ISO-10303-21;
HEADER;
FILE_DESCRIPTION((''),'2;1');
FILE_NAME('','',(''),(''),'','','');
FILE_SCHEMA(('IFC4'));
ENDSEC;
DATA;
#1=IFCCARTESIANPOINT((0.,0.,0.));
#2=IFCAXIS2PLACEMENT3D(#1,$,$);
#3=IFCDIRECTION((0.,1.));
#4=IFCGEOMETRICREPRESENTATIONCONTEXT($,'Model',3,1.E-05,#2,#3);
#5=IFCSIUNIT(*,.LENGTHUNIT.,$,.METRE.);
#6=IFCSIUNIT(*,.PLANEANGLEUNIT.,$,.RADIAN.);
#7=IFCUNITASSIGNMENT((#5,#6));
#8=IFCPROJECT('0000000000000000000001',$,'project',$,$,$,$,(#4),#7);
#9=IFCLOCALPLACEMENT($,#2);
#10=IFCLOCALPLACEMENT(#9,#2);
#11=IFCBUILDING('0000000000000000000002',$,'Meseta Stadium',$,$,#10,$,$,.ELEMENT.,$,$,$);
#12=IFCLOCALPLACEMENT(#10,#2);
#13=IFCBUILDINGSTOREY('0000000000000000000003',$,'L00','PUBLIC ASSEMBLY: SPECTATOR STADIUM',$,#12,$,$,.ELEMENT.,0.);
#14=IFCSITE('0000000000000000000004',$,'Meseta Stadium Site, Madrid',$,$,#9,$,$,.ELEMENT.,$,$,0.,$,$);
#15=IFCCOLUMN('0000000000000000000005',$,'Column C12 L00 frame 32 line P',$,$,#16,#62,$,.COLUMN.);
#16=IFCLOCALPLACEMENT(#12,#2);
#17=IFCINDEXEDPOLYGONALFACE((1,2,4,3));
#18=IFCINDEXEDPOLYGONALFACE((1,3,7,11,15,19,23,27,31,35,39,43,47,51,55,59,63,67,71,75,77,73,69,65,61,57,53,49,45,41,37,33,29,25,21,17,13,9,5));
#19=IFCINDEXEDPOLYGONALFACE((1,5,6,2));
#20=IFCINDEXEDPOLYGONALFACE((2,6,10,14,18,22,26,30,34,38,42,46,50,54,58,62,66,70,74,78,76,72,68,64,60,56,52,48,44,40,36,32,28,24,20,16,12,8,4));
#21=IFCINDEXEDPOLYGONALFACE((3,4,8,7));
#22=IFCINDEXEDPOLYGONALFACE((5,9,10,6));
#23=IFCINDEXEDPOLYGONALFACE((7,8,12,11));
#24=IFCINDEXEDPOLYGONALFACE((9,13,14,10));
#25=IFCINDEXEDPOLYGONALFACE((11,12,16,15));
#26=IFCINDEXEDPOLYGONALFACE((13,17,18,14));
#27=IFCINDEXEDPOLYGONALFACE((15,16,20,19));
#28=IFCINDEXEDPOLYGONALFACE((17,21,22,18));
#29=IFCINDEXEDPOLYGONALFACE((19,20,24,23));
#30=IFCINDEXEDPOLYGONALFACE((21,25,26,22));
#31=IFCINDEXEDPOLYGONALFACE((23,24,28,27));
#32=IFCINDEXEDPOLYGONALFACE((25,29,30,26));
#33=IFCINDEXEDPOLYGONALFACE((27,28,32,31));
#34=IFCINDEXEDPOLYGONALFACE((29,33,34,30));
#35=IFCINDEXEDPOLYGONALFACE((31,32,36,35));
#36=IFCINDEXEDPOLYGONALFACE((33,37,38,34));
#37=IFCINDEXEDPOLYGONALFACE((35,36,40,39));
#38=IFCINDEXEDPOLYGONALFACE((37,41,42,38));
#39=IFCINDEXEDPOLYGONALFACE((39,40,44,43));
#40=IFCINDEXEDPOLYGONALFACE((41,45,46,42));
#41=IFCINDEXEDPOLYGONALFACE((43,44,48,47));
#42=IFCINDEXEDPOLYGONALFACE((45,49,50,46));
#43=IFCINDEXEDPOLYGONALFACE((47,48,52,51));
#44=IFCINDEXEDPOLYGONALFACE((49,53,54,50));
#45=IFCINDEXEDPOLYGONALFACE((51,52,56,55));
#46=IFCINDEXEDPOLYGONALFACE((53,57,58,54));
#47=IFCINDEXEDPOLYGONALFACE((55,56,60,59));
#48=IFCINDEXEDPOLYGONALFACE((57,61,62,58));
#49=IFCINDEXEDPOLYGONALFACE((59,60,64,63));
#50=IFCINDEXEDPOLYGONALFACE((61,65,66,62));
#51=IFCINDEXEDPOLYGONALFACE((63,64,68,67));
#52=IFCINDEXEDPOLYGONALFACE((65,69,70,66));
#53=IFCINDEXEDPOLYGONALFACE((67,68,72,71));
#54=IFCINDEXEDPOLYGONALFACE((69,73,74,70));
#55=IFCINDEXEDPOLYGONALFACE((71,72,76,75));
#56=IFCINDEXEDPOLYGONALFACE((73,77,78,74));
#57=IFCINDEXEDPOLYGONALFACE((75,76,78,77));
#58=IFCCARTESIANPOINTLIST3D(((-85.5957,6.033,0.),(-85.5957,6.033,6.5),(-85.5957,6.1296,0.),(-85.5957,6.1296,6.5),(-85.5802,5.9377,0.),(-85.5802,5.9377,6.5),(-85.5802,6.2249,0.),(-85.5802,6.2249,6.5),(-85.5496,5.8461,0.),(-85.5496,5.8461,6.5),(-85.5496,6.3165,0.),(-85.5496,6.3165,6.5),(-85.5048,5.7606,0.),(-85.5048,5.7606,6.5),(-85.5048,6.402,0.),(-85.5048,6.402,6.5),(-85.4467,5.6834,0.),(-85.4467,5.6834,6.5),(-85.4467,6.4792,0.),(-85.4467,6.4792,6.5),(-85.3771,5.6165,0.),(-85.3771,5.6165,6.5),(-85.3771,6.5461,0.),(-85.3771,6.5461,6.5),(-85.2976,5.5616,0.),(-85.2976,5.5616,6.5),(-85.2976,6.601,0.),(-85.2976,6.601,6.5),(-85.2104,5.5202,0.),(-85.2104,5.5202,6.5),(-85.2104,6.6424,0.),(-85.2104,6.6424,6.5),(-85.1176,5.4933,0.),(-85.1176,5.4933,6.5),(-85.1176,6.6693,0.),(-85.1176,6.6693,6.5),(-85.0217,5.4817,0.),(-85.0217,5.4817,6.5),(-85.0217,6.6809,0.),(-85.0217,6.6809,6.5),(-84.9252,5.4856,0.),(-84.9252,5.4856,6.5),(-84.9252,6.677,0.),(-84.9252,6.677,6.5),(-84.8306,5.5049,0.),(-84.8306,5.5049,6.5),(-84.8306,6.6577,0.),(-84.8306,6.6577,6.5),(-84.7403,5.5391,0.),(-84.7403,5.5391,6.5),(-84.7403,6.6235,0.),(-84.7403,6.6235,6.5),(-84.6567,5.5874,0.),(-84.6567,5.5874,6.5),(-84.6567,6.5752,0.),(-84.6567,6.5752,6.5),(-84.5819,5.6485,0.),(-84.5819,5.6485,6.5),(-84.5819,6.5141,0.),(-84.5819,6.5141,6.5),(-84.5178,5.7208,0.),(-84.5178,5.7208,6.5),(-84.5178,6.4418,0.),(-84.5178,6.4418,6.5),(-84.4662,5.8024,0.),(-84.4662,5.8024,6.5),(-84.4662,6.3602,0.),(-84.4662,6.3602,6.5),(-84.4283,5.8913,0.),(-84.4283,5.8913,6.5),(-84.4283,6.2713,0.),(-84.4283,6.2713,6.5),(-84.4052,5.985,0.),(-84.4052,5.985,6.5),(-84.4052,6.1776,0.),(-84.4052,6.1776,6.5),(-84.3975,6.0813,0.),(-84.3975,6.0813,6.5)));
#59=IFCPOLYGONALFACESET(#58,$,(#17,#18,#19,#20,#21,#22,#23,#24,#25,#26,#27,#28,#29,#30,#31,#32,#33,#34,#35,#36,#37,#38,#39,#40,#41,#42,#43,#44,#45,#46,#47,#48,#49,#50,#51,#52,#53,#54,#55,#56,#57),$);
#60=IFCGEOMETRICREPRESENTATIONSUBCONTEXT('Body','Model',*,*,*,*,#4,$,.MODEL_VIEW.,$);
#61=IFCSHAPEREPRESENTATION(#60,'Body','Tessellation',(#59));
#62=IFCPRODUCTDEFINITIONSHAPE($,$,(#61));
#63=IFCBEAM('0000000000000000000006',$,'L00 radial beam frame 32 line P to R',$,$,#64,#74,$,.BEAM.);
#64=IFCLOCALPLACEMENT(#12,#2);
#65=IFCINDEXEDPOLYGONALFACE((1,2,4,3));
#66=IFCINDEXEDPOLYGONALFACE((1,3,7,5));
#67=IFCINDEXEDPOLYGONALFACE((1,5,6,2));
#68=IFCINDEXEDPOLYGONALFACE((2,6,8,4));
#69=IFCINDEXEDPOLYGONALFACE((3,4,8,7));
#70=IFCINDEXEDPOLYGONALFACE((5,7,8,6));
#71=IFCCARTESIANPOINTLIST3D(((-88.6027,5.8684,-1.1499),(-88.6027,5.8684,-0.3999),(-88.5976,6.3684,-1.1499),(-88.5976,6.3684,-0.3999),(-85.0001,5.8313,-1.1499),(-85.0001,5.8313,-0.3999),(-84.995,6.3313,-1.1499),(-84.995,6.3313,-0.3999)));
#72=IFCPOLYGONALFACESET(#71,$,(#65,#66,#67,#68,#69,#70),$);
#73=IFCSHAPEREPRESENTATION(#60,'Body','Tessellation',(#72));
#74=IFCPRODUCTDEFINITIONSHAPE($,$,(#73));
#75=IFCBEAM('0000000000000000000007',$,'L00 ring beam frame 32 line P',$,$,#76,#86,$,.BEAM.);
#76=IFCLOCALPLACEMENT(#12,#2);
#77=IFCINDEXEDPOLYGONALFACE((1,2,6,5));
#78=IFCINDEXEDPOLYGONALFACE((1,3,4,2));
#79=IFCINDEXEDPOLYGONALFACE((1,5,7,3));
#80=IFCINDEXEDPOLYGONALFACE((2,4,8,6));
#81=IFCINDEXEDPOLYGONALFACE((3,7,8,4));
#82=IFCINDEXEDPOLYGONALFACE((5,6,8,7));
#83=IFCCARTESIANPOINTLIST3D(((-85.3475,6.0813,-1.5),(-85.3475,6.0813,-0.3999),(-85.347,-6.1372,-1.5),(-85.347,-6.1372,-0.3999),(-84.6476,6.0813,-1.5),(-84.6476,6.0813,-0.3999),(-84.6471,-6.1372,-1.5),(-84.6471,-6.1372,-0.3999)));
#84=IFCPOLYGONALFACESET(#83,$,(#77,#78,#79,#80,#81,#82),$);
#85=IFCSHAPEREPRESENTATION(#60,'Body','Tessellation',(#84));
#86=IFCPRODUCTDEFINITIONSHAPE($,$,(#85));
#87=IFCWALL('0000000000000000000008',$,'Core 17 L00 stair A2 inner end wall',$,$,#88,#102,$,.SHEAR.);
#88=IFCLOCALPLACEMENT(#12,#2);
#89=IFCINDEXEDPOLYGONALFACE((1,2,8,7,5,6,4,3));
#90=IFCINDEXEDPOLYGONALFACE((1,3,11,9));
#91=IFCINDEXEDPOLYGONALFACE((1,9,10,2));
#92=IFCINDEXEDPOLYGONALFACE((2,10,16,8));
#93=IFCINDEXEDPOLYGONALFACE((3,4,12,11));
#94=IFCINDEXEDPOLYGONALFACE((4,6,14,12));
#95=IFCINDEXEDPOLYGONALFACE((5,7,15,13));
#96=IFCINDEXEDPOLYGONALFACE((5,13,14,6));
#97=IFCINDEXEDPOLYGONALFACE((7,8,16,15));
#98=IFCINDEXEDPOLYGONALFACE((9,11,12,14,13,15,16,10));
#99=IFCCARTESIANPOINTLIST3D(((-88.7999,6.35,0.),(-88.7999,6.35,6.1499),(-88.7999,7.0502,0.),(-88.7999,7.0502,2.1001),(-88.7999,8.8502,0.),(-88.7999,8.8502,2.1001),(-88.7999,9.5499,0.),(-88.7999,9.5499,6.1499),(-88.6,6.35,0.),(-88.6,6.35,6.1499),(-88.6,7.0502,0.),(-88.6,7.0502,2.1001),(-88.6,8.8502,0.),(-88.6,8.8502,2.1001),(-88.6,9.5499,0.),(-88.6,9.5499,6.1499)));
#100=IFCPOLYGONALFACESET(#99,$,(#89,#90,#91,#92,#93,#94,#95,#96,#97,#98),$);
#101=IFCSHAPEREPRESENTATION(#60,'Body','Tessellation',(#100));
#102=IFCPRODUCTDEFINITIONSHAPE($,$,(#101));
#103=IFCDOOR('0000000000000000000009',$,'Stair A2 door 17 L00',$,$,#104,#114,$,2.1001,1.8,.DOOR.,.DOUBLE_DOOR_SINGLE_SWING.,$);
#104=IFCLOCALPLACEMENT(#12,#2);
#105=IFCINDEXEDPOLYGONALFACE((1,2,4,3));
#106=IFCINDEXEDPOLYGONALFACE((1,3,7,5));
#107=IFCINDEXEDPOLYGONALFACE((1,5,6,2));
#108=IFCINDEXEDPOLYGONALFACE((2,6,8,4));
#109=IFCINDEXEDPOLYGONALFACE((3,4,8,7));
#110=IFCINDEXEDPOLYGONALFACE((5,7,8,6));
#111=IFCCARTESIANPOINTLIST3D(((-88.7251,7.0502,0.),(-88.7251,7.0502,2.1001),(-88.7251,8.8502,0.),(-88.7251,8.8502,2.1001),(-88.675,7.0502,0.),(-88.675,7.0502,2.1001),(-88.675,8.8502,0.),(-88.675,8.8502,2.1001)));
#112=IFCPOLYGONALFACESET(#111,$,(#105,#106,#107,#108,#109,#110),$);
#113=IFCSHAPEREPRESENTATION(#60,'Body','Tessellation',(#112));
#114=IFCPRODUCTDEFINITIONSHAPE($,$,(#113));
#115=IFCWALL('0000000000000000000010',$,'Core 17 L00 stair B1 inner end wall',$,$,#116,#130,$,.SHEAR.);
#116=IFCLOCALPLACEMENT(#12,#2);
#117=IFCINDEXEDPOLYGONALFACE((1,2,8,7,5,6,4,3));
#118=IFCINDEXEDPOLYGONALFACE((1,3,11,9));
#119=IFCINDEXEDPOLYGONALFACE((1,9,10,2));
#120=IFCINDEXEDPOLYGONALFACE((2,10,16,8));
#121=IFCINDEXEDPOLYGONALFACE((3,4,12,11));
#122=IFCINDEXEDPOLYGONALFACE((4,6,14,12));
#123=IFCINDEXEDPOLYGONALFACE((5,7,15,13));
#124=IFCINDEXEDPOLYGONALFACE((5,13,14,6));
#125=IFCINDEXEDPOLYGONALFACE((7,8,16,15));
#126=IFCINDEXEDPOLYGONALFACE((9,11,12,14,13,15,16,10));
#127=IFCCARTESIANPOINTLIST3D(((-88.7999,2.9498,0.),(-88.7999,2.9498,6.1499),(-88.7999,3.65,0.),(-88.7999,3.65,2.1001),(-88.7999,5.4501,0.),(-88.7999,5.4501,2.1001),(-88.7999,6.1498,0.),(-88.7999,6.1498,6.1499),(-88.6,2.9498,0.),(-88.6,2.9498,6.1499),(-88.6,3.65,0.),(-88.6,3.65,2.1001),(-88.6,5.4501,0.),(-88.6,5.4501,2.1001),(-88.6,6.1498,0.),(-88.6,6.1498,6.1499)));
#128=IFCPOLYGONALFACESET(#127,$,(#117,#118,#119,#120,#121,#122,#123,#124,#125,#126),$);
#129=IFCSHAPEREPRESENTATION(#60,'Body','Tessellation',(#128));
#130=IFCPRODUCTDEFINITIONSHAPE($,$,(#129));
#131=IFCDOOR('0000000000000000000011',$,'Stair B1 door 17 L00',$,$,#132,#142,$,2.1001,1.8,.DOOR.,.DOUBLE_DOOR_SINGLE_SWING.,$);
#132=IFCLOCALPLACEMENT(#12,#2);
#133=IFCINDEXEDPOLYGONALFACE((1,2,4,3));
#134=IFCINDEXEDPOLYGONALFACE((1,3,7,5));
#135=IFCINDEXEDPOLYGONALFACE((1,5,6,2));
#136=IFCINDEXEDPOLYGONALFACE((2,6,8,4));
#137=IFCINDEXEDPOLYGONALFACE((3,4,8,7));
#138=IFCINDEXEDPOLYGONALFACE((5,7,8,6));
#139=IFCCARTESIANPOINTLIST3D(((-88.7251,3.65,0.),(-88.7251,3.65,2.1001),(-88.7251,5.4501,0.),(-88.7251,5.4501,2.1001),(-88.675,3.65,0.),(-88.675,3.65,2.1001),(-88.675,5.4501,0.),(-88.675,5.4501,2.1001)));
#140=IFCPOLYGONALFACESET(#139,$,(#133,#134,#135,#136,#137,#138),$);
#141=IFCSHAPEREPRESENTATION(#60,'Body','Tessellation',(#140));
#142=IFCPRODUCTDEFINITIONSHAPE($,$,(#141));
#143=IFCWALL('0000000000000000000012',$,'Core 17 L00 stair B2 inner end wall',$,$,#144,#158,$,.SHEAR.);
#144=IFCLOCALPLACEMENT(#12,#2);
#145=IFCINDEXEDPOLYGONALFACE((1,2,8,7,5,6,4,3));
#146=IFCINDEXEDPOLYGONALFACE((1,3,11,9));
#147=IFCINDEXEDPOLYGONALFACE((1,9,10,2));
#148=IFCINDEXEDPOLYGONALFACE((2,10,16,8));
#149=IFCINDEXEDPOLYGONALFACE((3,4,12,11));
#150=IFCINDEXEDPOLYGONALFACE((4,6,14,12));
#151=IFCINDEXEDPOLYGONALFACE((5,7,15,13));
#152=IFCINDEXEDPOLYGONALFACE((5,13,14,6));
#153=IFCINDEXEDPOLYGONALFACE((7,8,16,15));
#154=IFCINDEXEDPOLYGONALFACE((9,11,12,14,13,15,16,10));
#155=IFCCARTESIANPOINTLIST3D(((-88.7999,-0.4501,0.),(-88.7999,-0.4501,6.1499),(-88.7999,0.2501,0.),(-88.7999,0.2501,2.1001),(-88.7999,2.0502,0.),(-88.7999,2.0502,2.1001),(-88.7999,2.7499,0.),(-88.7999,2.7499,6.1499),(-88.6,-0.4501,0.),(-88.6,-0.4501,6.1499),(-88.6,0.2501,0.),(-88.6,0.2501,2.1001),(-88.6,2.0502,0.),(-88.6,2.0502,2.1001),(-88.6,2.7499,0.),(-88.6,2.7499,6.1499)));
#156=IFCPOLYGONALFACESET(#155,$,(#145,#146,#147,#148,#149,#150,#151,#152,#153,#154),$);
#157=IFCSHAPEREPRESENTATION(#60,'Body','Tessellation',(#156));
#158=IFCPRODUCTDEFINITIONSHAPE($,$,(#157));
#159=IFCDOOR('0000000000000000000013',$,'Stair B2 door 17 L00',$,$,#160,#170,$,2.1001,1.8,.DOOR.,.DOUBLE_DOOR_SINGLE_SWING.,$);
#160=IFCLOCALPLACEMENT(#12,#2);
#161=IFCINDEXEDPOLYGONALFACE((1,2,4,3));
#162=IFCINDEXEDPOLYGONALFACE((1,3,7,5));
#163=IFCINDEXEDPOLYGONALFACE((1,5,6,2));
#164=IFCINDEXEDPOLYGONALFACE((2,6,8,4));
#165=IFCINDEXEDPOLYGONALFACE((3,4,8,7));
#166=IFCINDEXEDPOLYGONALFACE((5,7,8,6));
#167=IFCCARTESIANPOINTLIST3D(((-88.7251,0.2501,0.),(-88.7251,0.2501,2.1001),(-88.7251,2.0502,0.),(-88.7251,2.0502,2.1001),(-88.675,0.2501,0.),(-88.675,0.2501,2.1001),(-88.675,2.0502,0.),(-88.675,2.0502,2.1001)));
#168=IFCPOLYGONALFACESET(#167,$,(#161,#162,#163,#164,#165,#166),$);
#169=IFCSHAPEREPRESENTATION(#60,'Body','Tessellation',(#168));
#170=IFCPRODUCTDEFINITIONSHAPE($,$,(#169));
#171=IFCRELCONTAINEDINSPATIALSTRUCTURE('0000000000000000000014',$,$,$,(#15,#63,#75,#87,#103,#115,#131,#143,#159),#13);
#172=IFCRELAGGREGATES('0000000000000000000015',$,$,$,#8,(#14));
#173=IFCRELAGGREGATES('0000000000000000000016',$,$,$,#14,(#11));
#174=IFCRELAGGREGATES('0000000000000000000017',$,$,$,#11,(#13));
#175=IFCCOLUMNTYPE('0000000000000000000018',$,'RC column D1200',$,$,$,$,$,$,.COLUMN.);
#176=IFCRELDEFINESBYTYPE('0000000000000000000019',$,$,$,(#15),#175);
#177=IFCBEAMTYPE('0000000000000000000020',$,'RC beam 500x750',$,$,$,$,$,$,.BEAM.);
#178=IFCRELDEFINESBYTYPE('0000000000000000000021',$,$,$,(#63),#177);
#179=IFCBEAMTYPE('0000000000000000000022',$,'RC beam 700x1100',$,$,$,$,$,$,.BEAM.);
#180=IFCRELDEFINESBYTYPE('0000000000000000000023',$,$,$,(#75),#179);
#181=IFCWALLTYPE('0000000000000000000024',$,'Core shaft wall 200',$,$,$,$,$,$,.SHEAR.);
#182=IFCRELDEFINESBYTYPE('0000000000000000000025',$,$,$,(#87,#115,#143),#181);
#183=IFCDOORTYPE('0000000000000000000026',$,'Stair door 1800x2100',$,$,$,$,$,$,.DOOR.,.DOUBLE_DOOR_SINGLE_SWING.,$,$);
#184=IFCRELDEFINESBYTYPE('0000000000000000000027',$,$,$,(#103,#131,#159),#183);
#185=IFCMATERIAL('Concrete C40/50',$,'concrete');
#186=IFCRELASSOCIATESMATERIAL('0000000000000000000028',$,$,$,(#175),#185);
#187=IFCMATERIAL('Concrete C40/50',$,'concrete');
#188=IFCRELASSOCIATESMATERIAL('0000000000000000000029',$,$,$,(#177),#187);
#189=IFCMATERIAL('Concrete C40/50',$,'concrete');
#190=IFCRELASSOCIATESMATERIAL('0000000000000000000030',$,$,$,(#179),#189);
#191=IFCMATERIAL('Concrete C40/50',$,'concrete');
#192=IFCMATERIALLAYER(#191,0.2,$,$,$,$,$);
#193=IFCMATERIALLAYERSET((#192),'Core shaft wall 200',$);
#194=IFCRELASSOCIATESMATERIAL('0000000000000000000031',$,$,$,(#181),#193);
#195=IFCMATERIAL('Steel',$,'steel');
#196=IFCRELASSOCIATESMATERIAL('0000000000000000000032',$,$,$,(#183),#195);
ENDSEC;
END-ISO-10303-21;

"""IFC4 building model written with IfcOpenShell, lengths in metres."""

from ifc_helpers import new_model, si_unit, direction, frame, frame_2d, origin, origin_2d, place, context, subcontext, project, spatial, rectangle, circle, extrude, material, layer, layer_set, material_profile, profile_set, type_object, element, fill, save


model = new_model("IFC4")

# Units and contexts
model_context = context("Model", 3, precision=1e-05, world=origin(), true_north=direction((0.0, 1.0)))
body_context = subcontext(model_context, "Body", "Model", "MODEL_VIEW")
ifc_project = project(units=[si_unit("LENGTHUNIT", "METRE"), si_unit("PLANEANGLEUNIT", "RADIAN")], contexts=[model_context])

# Site, building, storey
site_placement = place(None, origin())
site = spatial("IfcSite", under=ifc_project, at=site_placement, Name="Meseta Stadium Site, Madrid", CompositionType="ELEMENT", RefElevation=0.0)
building_placement = place(site_placement, origin())
building = spatial("IfcBuilding", under=site, at=building_placement, Name="Meseta Stadium", CompositionType="ELEMENT")
storey_placement = place(building_placement, origin())
storey = spatial("IfcBuildingStorey", under=building, at=storey_placement, Name="L00", Description="PUBLIC ASSEMBLY: SPECTATOR STADIUM", CompositionType="ELEMENT", Elevation=0.0)

# Column
ifc_material_1 = material(Name="Concrete C40/50", Category="concrete")
ifc_material_profile_1 = material_profile(ifc_material_1, circle(Radius=0.6001, at=origin_2d()), Name="RC D1200")
ifc_profile_set_1 = profile_set([ifc_material_profile_1], Name="Concrete C40/50")
column_type = type_object("IfcColumnType", Name="RC column D1200", PredefinedType="COLUMN", material=ifc_profile_set_1)
column_placement = place(storey_placement, frame((-84.9976, 6.0813, 0.0), z_axis=(0.0, 0.0, 1.0), x_axis=(1.0, 0.0, 0.0)))
element("IfcColumn", 1, at=column_placement, inside=storey, type_object=column_type, Name="Column C12 L00 frame 32 line P", PredefinedType="COLUMN", context=body_context, shape_type="SweptSolid", body=[
    extrude(circle(Radius=0.6001, at=origin_2d()), origin(), (0.0, 0.0, 1.0), 6.5),
])

# Beams
ifc_material_2 = material(Name="Concrete C40/50", Category="concrete")
ifc_material_profile_2 = material_profile(ifc_material_2, rectangle(XDim=0.5, YDim=0.75, at=origin_2d()), Name="RC 500x750")
ifc_profile_set_2 = profile_set([ifc_material_profile_2], Name="Concrete C40/50")
beam_type_1 = type_object("IfcBeamType", Name="RC beam 500x750", PredefinedType="BEAM", material=ifc_profile_set_2)
beam_1_placement = place(storey_placement, frame((-84.9976, 6.0813, -0.7749), z_axis=(-0.999947, 0.0103, 0.0), x_axis=(-0.0103, -0.999947, 0.0)))
element("IfcBeam", 2, at=beam_1_placement, inside=storey, type_object=beam_type_1, Name="L00 radial beam frame 32 line P to R", PredefinedType="BEAM", context=body_context, shape_type="SweptSolid", body=[
    extrude(rectangle(XDim=0.5, YDim=0.75, at=origin_2d()), origin(), (0.0, 0.0, 1.0), 3.6028),
])
ifc_material_3 = material(Name="Concrete C40/50", Category="concrete")
ifc_material_profile_3 = material_profile(ifc_material_3, rectangle(XDim=0.7, YDim=1.1001, at=origin_2d()), Name="RC 700x1100")
ifc_profile_set_3 = profile_set([ifc_material_profile_3], Name="Concrete C40/50")
beam_type_2 = type_object("IfcBeamType", Name="RC beam 700x1100", PredefinedType="BEAM", material=ifc_profile_set_3)
beam_2_placement = place(storey_placement, frame((-84.9976, 6.0813, -0.95), z_axis=(0.00004, -1.0, 0.0), x_axis=(1.0, 0.00004, 0.0)))
element("IfcBeam", 3, at=beam_2_placement, inside=storey, type_object=beam_type_2, Name="L00 ring beam frame 32 line P", PredefinedType="BEAM", context=body_context, shape_type="SweptSolid", body=[
    extrude(rectangle(XDim=0.7, YDim=1.1001, at=origin_2d()), origin(), (0.0, 0.0, 1.0), 12.2185),
])

# Walls, openings, doors
ifc_material_4 = material(Name="Concrete C40/50", Category="concrete")
ifc_layer_1 = layer(ifc_material_4, 0.2)
ifc_layer_set_1 = layer_set([ifc_layer_1], Name="Core shaft wall 200")
wall_type_1 = type_object("IfcWallType", Name="Core shaft wall 200", PredefinedType="SHEAR", material=ifc_layer_set_1)
wall_1_placement = place(storey_placement, frame((-88.7, 9.55, 0.0), z_axis=(0.0, 0.0, 1.0), x_axis=(0.0, -1.0, 0.0)))
wall_1 = element("IfcWall", 4, at=wall_1_placement, inside=storey, type_object=wall_type_1, Name="Core 17 L00 stair A2 inner end wall", PredefinedType="SHEAR", context=body_context, shape_type="SweptSolid", body=[
    extrude(rectangle(XDim=3.2, YDim=0.2, at=frame_2d((1.6001, 0.0))), origin(), (0.0, 0.0, 1.0), 6.1499),
])
opening_1_placement = place(wall_1_placement, frame((0.7, 0.0, 0.0)))
opening_1 = element("IfcOpeningElement", 5, at=opening_1_placement, cuts=wall_1, PredefinedType="OPENING", context=body_context, shape_type="SweptSolid", body=[
    extrude(rectangle(XDim=1.8, YDim=2.1001, at=frame_2d((0.8999, 1.05))), frame((0.0, 0.1099, 0.0), z_axis=(0.0, -1.0, 0.0), x_axis=(1.0, 0.0, 0.0)), (0.0, 0.0, 1.0), 0.22),
])
ifc_material_5 = material(Name="Steel", Category="steel")
door_type_1 = type_object("IfcDoorType", Name="Stair door 1800x2100", OperationType="DOUBLE_DOOR_SINGLE_SWING", PredefinedType="DOOR", material=ifc_material_5)
door_1_placement = place(opening_1_placement, origin())
door_1 = element("IfcDoor", 6, at=door_1_placement, inside=storey, type_object=door_type_1, Name="Stair A2 door 17 L00", OperationType="DOUBLE_DOOR_SINGLE_SWING", OverallHeight=2.1001, OverallWidth=1.8, PredefinedType="DOOR", context=body_context, shape_type="SweptSolid", body=[
    extrude(rectangle(XDim=1.8, YDim=2.1001, at=frame_2d((0.8999, 1.05))), frame((0.0, 0.0249, 0.0), z_axis=(0.0, -1.0, 0.0), x_axis=(1.0, 0.0, 0.0)), (0.0, 0.0, 1.0), 0.05),
])
fill(opening_1, door_1)
wall_2_placement = place(storey_placement, frame((-88.7, 6.1499, 0.0), z_axis=(0.0, 0.0, 1.0), x_axis=(0.0, -1.0, 0.0)))
wall_2 = element("IfcWall", 7, at=wall_2_placement, inside=storey, type_object=wall_type_1, Name="Core 17 L00 stair B1 inner end wall", PredefinedType="SHEAR", context=body_context, shape_type="SweptSolid", body=[
    extrude(rectangle(XDim=3.2, YDim=0.2, at=frame_2d((1.6001, 0.0))), origin(), (0.0, 0.0, 1.0), 6.1499),
])
opening_2_placement = place(wall_2_placement, frame((0.7, 0.0, 0.0)))
opening_2 = element("IfcOpeningElement", 8, at=opening_2_placement, cuts=wall_2, PredefinedType="OPENING", context=body_context, shape_type="SweptSolid", body=[
    extrude(rectangle(XDim=1.8, YDim=2.1001, at=frame_2d((0.8999, 1.05))), frame((0.0, 0.1099, 0.0), z_axis=(0.0, -1.0, 0.0), x_axis=(1.0, 0.0, 0.0)), (0.0, 0.0, 1.0), 0.22),
])
door_2_placement = place(opening_2_placement, origin())
door_2 = element("IfcDoor", 9, at=door_2_placement, inside=storey, type_object=door_type_1, Name="Stair B1 door 17 L00", OperationType="DOUBLE_DOOR_SINGLE_SWING", OverallHeight=2.1001, OverallWidth=1.8, PredefinedType="DOOR", context=body_context, shape_type="SweptSolid", body=[
    extrude(rectangle(XDim=1.8, YDim=2.1001, at=frame_2d((0.8999, 1.05))), frame((0.0, 0.0249, 0.0), z_axis=(0.0, -1.0, 0.0), x_axis=(1.0, 0.0, 0.0)), (0.0, 0.0, 1.0), 0.05),
])
fill(opening_2, door_2)
wall_3_placement = place(storey_placement, frame((-88.7, 2.75, 0.0), z_axis=(0.0, 0.0, 1.0), x_axis=(0.0, -1.0, 0.0)))
wall_3 = element("IfcWall", 10, at=wall_3_placement, inside=storey, type_object=wall_type_1, Name="Core 17 L00 stair B2 inner end wall", PredefinedType="SHEAR", context=body_context, shape_type="SweptSolid", body=[
    extrude(rectangle(XDim=3.2, YDim=0.2, at=frame_2d((1.6001, 0.0))), origin(), (0.0, 0.0, 1.0), 6.1499),
])
opening_3_placement = place(wall_3_placement, frame((0.7, 0.0, 0.0)))
opening_3 = element("IfcOpeningElement", 11, at=opening_3_placement, cuts=wall_3, PredefinedType="OPENING", context=body_context, shape_type="SweptSolid", body=[
    extrude(rectangle(XDim=1.8, YDim=2.1001, at=frame_2d((0.8999, 1.05))), frame((0.0, 0.1099, 0.0), z_axis=(0.0, -1.0, 0.0), x_axis=(1.0, 0.0, 0.0)), (0.0, 0.0, 1.0), 0.22),
])
door_3_placement = place(opening_3_placement, origin())
door_3 = element("IfcDoor", 12, at=door_3_placement, inside=storey, type_object=door_type_1, Name="Stair B2 door 17 L00", OperationType="DOUBLE_DOOR_SINGLE_SWING", OverallHeight=2.1001, OverallWidth=1.8, PredefinedType="DOOR", context=body_context, shape_type="SweptSolid", body=[
    extrude(rectangle(XDim=1.8, YDim=2.1001, at=frame_2d((0.8999, 1.05))), frame((0.0, 0.0249, 0.0), z_axis=(0.0, -1.0, 0.0), x_axis=(1.0, 0.0, 0.0)), (0.0, 0.0, 1.0), 0.05),
])
fill(opening_3, door_3)

save(model, "model.ifc")
